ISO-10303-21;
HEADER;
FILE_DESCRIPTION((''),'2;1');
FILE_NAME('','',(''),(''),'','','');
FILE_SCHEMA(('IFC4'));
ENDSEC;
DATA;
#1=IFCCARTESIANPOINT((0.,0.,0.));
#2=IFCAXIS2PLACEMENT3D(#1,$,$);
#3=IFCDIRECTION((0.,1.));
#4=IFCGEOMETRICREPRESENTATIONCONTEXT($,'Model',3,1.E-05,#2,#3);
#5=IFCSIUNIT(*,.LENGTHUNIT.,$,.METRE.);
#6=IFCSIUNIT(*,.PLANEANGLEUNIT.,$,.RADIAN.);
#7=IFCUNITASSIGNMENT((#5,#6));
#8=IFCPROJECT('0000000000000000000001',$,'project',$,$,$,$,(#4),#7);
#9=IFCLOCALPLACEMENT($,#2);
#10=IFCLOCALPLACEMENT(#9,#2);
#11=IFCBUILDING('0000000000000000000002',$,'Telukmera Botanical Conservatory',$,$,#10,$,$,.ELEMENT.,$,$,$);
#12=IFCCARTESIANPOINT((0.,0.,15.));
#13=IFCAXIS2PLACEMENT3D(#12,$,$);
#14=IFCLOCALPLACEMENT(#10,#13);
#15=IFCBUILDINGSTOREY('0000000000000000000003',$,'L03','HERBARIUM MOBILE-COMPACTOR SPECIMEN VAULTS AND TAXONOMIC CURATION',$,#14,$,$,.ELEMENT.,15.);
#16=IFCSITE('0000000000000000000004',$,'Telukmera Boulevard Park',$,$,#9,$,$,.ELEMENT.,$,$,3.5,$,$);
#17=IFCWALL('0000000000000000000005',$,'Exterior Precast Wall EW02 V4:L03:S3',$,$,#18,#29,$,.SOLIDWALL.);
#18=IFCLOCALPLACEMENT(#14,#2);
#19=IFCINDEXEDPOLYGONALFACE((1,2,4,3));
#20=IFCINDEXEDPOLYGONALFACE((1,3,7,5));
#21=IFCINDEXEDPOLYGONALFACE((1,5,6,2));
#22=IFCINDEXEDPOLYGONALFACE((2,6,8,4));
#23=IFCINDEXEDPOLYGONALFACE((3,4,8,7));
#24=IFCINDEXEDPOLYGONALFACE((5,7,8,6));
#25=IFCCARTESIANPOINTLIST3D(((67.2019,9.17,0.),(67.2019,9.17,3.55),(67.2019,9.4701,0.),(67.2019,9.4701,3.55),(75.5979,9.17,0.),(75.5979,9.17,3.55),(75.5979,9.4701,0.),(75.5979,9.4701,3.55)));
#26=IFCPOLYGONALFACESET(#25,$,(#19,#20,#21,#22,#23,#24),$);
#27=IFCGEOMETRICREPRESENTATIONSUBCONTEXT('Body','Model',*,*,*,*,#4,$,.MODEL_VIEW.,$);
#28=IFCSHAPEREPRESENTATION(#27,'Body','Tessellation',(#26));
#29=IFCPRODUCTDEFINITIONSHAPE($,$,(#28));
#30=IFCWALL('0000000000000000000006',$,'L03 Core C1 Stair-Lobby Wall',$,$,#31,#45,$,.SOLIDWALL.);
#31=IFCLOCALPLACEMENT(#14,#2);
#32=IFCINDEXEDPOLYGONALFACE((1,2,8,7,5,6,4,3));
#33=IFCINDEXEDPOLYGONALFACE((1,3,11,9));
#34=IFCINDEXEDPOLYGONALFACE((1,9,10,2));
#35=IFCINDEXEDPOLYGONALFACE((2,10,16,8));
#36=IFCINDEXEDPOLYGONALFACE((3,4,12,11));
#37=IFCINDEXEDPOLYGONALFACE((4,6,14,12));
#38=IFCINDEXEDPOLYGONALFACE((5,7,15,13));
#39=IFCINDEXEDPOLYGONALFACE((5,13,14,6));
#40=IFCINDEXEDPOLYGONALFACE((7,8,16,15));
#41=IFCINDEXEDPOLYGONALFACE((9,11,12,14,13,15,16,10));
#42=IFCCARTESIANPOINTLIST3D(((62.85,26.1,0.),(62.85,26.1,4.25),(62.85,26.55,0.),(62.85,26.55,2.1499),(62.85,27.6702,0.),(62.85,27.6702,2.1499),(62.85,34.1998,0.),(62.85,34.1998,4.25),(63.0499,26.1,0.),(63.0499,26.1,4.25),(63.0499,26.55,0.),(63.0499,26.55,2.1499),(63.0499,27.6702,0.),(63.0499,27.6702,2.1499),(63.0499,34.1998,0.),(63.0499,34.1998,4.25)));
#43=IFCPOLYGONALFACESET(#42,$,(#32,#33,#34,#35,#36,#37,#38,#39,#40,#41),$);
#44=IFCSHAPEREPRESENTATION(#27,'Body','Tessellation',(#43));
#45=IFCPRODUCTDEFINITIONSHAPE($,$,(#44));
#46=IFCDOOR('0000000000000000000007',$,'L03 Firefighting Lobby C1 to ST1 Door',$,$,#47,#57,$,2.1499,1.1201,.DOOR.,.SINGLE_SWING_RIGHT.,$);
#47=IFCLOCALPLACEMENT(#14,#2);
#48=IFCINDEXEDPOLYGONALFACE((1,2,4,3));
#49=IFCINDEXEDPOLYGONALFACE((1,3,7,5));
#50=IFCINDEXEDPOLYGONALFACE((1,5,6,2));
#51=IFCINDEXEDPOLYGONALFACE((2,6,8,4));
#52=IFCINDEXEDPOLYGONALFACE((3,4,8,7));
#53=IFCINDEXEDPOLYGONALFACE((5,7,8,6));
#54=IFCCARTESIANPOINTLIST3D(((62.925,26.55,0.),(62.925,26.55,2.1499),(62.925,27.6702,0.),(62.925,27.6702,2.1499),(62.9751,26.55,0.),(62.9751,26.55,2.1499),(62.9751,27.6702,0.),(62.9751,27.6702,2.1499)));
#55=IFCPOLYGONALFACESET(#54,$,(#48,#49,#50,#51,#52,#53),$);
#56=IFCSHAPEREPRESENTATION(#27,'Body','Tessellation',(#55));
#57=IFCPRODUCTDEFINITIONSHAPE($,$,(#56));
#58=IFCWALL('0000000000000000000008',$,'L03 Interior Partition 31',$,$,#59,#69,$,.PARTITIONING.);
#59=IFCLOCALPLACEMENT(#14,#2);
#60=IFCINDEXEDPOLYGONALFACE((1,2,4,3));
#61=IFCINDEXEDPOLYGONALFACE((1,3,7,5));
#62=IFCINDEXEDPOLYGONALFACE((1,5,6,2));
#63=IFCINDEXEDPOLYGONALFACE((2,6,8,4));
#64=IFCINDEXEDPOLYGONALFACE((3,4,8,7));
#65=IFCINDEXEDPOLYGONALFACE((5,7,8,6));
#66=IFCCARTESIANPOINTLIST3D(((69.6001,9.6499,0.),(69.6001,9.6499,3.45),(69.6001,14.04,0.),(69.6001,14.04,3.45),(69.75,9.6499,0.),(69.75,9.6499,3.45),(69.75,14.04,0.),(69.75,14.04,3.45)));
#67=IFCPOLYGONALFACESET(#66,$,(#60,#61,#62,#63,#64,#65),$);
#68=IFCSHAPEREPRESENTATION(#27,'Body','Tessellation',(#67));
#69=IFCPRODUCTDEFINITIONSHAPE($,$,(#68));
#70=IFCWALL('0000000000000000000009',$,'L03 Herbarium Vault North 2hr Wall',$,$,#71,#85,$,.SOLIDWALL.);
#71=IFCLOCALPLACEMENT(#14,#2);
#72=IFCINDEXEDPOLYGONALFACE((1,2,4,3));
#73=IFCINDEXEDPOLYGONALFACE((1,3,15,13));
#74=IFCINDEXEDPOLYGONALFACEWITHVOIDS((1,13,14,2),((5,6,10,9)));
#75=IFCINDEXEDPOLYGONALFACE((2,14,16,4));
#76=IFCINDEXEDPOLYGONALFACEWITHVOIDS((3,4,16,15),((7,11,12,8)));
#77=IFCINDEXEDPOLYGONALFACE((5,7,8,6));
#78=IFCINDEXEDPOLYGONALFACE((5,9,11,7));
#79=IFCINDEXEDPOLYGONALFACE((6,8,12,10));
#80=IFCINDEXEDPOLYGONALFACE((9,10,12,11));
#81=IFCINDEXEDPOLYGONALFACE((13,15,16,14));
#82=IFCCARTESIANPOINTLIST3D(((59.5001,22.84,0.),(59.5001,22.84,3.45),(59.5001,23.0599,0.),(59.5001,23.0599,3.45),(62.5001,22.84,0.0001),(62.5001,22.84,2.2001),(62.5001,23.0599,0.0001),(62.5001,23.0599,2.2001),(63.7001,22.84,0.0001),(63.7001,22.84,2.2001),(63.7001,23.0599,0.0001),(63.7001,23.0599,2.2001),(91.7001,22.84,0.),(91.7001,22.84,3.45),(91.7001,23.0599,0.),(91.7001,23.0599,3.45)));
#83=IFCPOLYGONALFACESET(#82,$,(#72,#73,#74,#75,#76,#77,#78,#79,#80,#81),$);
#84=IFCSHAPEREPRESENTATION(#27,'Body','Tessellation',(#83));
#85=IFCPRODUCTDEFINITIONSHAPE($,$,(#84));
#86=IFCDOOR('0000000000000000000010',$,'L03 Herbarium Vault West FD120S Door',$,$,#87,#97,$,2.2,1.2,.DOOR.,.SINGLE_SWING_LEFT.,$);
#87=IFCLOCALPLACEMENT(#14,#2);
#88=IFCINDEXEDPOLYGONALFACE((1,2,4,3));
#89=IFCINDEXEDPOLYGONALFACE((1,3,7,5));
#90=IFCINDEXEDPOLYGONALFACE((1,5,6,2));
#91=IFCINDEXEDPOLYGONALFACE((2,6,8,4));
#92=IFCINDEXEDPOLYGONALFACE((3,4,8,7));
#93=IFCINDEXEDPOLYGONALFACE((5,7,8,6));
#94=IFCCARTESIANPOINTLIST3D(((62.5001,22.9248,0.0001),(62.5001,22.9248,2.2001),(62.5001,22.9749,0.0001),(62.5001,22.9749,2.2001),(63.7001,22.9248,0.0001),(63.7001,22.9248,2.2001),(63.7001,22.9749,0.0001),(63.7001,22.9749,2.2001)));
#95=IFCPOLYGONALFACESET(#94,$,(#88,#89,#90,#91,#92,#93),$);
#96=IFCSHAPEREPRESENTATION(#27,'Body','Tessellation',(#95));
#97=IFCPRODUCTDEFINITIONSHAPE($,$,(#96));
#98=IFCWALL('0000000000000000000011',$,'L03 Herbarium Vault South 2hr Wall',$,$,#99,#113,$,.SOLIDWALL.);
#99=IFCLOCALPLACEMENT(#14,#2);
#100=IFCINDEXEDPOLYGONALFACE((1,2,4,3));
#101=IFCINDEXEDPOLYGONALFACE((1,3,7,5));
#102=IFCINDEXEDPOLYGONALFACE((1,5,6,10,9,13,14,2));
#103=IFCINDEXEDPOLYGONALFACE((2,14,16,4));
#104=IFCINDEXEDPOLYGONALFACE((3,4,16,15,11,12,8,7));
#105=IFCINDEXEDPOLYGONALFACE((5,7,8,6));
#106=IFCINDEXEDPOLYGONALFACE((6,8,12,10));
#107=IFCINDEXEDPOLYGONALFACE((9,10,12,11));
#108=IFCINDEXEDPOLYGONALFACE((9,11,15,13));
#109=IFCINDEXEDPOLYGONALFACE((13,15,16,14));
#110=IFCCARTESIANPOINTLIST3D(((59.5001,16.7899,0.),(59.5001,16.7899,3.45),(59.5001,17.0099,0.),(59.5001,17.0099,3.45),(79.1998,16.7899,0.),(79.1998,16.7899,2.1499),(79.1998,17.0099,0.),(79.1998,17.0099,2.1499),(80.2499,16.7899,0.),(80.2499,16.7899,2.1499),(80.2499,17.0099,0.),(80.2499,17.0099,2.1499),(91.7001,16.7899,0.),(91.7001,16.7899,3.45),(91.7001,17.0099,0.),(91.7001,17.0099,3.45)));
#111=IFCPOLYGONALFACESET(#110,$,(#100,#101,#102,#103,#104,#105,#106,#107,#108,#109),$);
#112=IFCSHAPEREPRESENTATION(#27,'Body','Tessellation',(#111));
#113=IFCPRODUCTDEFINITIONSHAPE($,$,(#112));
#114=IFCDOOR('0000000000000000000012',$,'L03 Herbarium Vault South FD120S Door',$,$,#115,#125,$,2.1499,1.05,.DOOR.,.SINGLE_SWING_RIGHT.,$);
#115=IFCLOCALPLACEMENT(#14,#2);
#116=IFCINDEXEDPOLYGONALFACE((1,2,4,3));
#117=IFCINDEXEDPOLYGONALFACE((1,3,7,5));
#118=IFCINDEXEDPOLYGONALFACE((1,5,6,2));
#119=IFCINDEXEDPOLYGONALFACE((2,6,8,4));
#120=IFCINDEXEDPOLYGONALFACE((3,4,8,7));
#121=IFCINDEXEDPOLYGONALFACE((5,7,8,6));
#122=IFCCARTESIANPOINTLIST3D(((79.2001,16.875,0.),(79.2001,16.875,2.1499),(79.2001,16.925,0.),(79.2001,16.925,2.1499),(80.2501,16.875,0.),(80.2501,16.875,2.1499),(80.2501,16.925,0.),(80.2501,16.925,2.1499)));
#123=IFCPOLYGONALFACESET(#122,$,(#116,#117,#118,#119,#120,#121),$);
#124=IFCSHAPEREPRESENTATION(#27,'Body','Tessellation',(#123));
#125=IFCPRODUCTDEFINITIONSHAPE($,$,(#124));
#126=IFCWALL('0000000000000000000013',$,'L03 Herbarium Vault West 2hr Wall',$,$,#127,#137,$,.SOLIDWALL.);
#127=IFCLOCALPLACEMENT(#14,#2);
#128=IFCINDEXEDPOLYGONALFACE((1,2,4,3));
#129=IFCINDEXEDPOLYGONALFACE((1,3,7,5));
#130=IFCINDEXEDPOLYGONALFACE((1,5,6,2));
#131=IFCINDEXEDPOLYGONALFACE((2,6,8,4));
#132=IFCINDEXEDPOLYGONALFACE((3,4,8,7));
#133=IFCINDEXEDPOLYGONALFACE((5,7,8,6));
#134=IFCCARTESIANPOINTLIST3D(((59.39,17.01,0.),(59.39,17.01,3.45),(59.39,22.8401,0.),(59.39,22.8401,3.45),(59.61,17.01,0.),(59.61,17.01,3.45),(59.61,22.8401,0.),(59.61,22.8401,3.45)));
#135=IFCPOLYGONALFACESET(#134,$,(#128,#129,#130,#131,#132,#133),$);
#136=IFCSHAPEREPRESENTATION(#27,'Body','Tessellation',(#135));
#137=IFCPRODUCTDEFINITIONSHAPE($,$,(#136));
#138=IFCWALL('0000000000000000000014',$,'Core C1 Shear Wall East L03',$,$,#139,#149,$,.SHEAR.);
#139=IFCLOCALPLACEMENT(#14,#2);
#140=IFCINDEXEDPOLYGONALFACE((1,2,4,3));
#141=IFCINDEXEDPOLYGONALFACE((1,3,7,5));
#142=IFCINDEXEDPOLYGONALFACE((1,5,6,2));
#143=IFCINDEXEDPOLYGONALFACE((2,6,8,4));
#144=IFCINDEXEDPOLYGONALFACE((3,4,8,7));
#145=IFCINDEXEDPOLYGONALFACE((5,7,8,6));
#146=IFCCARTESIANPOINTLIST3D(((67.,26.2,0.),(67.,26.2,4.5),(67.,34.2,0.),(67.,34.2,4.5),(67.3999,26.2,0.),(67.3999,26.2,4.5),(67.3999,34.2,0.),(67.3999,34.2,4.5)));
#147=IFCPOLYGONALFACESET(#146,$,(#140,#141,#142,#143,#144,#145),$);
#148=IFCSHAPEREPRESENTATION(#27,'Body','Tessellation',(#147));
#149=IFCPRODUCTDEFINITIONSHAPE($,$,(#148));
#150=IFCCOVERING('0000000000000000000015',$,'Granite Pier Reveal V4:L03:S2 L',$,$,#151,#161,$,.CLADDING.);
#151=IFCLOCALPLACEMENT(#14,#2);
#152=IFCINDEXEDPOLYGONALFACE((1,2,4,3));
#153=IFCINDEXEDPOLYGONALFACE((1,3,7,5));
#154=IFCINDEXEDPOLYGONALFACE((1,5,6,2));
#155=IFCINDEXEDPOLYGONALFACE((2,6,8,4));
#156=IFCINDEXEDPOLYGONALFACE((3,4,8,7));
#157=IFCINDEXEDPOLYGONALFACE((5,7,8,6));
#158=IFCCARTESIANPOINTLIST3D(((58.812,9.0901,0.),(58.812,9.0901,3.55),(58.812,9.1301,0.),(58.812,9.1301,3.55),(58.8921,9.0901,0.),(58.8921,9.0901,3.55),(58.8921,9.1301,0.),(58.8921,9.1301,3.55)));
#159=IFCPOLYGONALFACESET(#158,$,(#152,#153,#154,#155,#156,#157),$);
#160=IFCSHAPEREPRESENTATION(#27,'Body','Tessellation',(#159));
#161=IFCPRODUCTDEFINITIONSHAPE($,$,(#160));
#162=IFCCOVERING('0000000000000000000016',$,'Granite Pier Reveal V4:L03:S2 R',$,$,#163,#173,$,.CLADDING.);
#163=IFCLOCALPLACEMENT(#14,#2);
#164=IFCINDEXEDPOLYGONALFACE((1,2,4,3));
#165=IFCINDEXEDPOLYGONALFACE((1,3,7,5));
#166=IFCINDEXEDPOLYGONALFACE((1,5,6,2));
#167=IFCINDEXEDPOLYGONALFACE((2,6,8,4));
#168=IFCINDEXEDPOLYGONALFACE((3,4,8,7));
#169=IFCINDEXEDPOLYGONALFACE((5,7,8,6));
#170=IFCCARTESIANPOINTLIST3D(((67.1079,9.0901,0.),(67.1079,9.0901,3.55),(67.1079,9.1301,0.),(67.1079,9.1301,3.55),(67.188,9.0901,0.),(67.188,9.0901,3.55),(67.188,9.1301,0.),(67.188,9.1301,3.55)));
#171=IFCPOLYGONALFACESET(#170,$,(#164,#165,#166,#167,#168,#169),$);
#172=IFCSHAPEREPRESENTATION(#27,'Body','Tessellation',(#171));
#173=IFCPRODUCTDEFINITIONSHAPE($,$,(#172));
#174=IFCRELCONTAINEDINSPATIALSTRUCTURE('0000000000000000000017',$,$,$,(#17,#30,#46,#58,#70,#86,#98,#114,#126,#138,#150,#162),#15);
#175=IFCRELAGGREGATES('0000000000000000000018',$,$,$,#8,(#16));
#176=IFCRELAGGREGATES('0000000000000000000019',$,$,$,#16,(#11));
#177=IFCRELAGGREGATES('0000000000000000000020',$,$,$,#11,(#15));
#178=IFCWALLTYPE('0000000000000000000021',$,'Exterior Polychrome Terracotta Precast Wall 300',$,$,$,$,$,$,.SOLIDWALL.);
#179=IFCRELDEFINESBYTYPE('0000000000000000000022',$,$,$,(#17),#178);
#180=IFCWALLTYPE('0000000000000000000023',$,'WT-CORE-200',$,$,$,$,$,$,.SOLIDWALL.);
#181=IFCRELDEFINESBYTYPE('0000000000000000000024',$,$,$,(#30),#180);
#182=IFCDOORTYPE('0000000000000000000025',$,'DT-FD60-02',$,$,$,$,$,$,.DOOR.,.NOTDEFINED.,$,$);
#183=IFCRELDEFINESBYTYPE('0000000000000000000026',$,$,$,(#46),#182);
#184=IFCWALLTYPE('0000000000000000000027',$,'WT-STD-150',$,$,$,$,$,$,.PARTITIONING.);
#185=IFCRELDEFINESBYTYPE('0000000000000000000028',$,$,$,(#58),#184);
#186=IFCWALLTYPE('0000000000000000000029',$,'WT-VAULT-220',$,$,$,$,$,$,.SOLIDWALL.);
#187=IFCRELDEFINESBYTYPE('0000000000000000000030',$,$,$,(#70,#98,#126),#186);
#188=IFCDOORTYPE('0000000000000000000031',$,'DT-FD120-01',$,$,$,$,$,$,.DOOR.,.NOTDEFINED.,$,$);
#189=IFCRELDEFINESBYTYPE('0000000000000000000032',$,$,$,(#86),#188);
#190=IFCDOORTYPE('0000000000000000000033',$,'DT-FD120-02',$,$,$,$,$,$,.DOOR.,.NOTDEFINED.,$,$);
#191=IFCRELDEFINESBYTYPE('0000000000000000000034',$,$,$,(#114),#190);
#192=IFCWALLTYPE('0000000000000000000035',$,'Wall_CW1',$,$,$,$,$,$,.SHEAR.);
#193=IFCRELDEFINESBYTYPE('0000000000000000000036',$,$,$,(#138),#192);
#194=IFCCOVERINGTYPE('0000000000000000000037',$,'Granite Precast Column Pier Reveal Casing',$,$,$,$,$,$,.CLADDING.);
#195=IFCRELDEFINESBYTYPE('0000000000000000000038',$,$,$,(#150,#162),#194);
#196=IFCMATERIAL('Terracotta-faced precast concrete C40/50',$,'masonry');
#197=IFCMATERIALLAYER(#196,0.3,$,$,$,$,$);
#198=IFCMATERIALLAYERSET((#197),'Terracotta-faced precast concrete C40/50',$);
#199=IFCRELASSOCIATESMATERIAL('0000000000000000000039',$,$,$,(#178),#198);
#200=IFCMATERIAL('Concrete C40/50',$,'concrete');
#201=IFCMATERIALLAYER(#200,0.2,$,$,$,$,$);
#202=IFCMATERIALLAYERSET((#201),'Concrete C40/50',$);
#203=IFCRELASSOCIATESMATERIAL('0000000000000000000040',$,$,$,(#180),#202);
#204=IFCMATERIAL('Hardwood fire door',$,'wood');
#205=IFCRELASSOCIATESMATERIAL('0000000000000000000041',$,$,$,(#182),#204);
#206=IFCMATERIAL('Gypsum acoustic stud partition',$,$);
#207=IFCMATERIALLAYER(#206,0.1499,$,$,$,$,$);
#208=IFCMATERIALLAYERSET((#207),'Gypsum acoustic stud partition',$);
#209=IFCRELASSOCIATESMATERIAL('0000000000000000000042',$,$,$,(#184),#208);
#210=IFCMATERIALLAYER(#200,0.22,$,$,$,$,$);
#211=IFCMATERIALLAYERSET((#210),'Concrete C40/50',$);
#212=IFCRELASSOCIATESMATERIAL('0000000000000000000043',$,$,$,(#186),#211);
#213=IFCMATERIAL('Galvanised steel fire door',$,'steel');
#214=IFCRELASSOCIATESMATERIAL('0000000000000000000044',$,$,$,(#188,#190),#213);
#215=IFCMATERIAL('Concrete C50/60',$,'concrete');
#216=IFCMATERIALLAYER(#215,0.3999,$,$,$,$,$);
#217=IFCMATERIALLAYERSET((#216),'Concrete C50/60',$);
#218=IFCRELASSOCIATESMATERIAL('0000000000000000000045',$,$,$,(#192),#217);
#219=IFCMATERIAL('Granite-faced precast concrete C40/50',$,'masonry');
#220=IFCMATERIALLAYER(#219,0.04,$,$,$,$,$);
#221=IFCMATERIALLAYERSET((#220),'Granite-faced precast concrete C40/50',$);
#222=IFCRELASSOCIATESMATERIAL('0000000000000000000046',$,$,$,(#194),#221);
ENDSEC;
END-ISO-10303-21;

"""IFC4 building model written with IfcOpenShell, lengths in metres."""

from ifc_helpers import new_model, si_unit, direction, frame, frame_2d, origin, origin_2d, place, context, subcontext, project, spatial, rectangle, extrude, material, layer, layer_set, type_object, element, fill, save


model = new_model("IFC4")

# Units and contexts
model_context = context("Model", 3, precision=1e-05, world=origin(), true_north=direction((0.0, 1.0)))
body_context = subcontext(model_context, "Body", "Model", "MODEL_VIEW")
ifc_project = project(units=[si_unit("LENGTHUNIT", "METRE"), si_unit("PLANEANGLEUNIT", "RADIAN")], contexts=[model_context])

# Site, building, storey
site_placement = place(None, origin())
site = spatial("IfcSite", under=ifc_project, at=site_placement, Name="Telukmera Boulevard Park", CompositionType="ELEMENT", RefElevation=3.5)
building_placement = place(site_placement, origin())
building = spatial("IfcBuilding", under=site, at=building_placement, Name="Telukmera Botanical Conservatory", CompositionType="ELEMENT")
storey_placement = place(building_placement, frame((0.0, 0.0, 15.0)))
storey = spatial("IfcBuildingStorey", under=building, at=storey_placement, Name="L03", Description="HERBARIUM MOBILE-COMPACTOR SPECIMEN VAULTS AND TAXONOMIC CURATION", CompositionType="ELEMENT", Elevation=15.0)

# Shared definitions
ifc_material_1 = material(Name="Concrete C50/60", Category="concrete")

# Shared definitions
ifc_material_2 = material(Name="Concrete C40/50", Category="concrete")

# Wall
ifc_material_3 = material(Name="Terracotta-faced precast concrete C40/50", Category="masonry")
ifc_layer_1 = layer(ifc_material_3, 0.3)
ifc_layer_set_1 = layer_set([ifc_layer_1], Name="Terracotta-faced precast concrete C40/50")
wall_type_1 = type_object("IfcWallType", Name="Exterior Polychrome Terracotta Precast Wall 300", PredefinedType="SOLIDWALL", material=ifc_layer_set_1)
wall_1_placement = place(storey_placement, frame((67.2019, 9.3201, 0.0), z_axis=(0.0, 0.0, 1.0), x_axis=(1.0, 0.0, 0.0)))
element("IfcWall", 1, at=wall_1_placement, inside=storey, type_object=wall_type_1, Name="Exterior Precast Wall EW02 V4:L03:S3", PredefinedType="SOLIDWALL", context=body_context, shape_type="SweptSolid", body=[
    extrude(rectangle(XDim=8.396, YDim=0.3, at=frame_2d((4.198, 0.0))), origin(), (0.0, 0.0, 1.0), 3.55),
])

# Shared definitions
ifc_layer_2 = layer(ifc_material_2, 0.2)
ifc_layer_set_2 = layer_set([ifc_layer_2], Name="Concrete C40/50")
wall_type_2 = type_object("IfcWallType", Name="WT-CORE-200", PredefinedType="SOLIDWALL", material=ifc_layer_set_2)
ifc_material_4 = material(Name="Hardwood fire door", Category="wood")

# Wall, opening, door
wall_2_placement = place(storey_placement, frame((62.95, 26.1001, 0.0), z_axis=(0.0, 0.0, 1.0), x_axis=(0.0, 1.0, 0.0)))
wall_2 = element("IfcWall", 2, at=wall_2_placement, inside=storey, type_object=wall_type_2, Name="L03 Core C1 Stair-Lobby Wall", PredefinedType="SOLIDWALL", context=body_context, shape_type="SweptSolid", body=[
    extrude(rectangle(XDim=8.0999, YDim=0.2, at=frame_2d((4.0498, 0.0))), origin(), (0.0, 0.0, 1.0), 4.25),
])
opening_1_placement = place(wall_2_placement, frame((0.45, 0.0, 0.0)))
opening_1 = element("IfcOpeningElement", 3, at=opening_1_placement, cuts=wall_2, PredefinedType="OPENING", context=body_context, shape_type="SweptSolid", body=[
    extrude(rectangle(XDim=1.1201, YDim=2.1499, at=frame_2d((0.5601, 1.075))), frame((0.0, 0.1099, 0.0), z_axis=(0.0, -1.0, 0.0), x_axis=(1.0, 0.0, 0.0)), (0.0, 0.0, 1.0), 0.22),
])
door_type_1 = type_object("IfcDoorType", Name="DT-FD60-02", OperationType="NOTDEFINED", PredefinedType="DOOR", material=ifc_material_4)
door_1_placement = place(opening_1_placement, origin())
door_1 = element("IfcDoor", 4, at=door_1_placement, inside=storey, type_object=door_type_1, Name="L03 Firefighting Lobby C1 to ST1 Door", OperationType="SINGLE_SWING_RIGHT", OverallHeight=2.1499, OverallWidth=1.1201, PredefinedType="DOOR", context=body_context, shape_type="SweptSolid", body=[
    extrude(rectangle(XDim=1.1201, YDim=2.1499, at=frame_2d((0.5601, 1.075))), frame((0.0, 0.0249, 0.0), z_axis=(0.0, -1.0, 0.0), x_axis=(1.0, 0.0, 0.0)), (0.0, 0.0, 1.0), 0.05),
])
fill(opening_1, door_1)

# Wall
ifc_material_5 = material(Name="Gypsum acoustic stud partition")
ifc_layer_3 = layer(ifc_material_5, 0.1499)
ifc_layer_set_3 = layer_set([ifc_layer_3], Name="Gypsum acoustic stud partition")
wall_type_3 = type_object("IfcWallType", Name="WT-STD-150", PredefinedType="PARTITIONING", material=ifc_layer_set_3)
wall_3_placement = place(storey_placement, frame((69.675, 9.6499, 0.0), z_axis=(0.0, 0.0, 1.0), x_axis=(0.0, 1.0, 0.0)))
element("IfcWall", 5, at=wall_3_placement, inside=storey, type_object=wall_type_3, Name="L03 Interior Partition 31", PredefinedType="PARTITIONING", context=body_context, shape_type="SweptSolid", body=[
    extrude(rectangle(XDim=4.3901, YDim=0.1499, at=frame_2d((2.1951, 0.0))), origin(), (0.0, 0.0, 1.0), 3.45),
])

# Walls, openings, doors
ifc_layer_4 = layer(ifc_material_2, 0.22)
ifc_layer_set_4 = layer_set([ifc_layer_4], Name="Concrete C40/50")
wall_type_4 = type_object("IfcWallType", Name="WT-VAULT-220", PredefinedType="SOLIDWALL", material=ifc_layer_set_4)
wall_4_placement = place(storey_placement, frame((59.5, 22.95, 0.0), z_axis=(0.0, 0.0, 1.0), x_axis=(1.0, 0.0, 0.0)))
wall_4 = element("IfcWall", 6, at=wall_4_placement, inside=storey, type_object=wall_type_4, Name="L03 Herbarium Vault North 2hr Wall", PredefinedType="SOLIDWALL", context=body_context, shape_type="SweptSolid", body=[
    extrude(rectangle(XDim=32.2, YDim=0.22, at=frame_2d((16.1001, 0.0))), origin(), (0.0, 0.0, 1.0), 3.45),
])
opening_2_placement = place(wall_4_placement, frame((3.0, 0.0, 0.0)))
opening_2 = element("IfcOpeningElement", 7, at=opening_2_placement, cuts=wall_4, PredefinedType="OPENING", context=body_context, shape_type="SweptSolid", body=[
    extrude(rectangle(XDim=1.2, YDim=2.2, at=frame_2d((0.6001, 1.1001))), frame((0.0, 0.1199, 0.0), z_axis=(0.0, -1.0, 0.0), x_axis=(1.0, 0.0, 0.0)), (0.0, 0.0, 1.0), 0.24),
])
ifc_material_6 = material(Name="Galvanised steel fire door", Category="steel")
door_type_2 = type_object("IfcDoorType", Name="DT-FD120-01", OperationType="NOTDEFINED", PredefinedType="DOOR", material=ifc_material_6)
door_2_placement = place(opening_2_placement, origin())
door_2 = element("IfcDoor", 8, at=door_2_placement, inside=storey, type_object=door_type_2, Name="L03 Herbarium Vault West FD120S Door", OperationType="SINGLE_SWING_LEFT", OverallHeight=2.2, OverallWidth=1.2, PredefinedType="DOOR", context=body_context, shape_type="SweptSolid", body=[
    extrude(rectangle(XDim=1.2, YDim=2.2, at=frame_2d((0.6001, 1.1001))), frame((0.0, 0.0249, 0.0), z_axis=(0.0, -1.0, 0.0), x_axis=(1.0, 0.0, 0.0)), (0.0, 0.0, 1.0), 0.05),
])
fill(opening_2, door_2)
wall_5_placement = place(storey_placement, frame((59.5, 16.8999, 0.0), z_axis=(0.0, 0.0, 1.0), x_axis=(1.0, 0.0, 0.0)))
wall_5 = element("IfcWall", 9, at=wall_5_placement, inside=storey, type_object=wall_type_4, Name="L03 Herbarium Vault South 2hr Wall", PredefinedType="SOLIDWALL", context=body_context, shape_type="SweptSolid", body=[
    extrude(rectangle(XDim=32.2, YDim=0.22, at=frame_2d((16.1001, 0.0))), origin(), (0.0, 0.0, 1.0), 3.45),
])
opening_3_placement = place(wall_5_placement, frame((19.7, 0.0, 0.0)))
opening_3 = element("IfcOpeningElement", 10, at=opening_3_placement, cuts=wall_5, PredefinedType="OPENING", context=body_context, shape_type="SweptSolid", body=[
    extrude(rectangle(XDim=1.05, YDim=2.1499, at=frame_2d((0.5249, 1.075))), frame((0.0, 0.1199, 0.0), z_axis=(0.0, -1.0, 0.0), x_axis=(1.0, 0.0, 0.0)), (0.0, 0.0, 1.0), 0.24),
])
door_type_3 = type_object("IfcDoorType", Name="DT-FD120-02", OperationType="NOTDEFINED", PredefinedType="DOOR", material=ifc_material_6)
door_3_placement = place(opening_3_placement, frame((1.05, 0.0, 0.0), z_axis=(0.0, 0.0, 1.0), x_axis=(-1.0, 0.0, 0.0)))
door_3 = element("IfcDoor", 11, at=door_3_placement, inside=storey, type_object=door_type_3, Name="L03 Herbarium Vault South FD120S Door", OperationType="SINGLE_SWING_RIGHT", OverallHeight=2.1499, OverallWidth=1.05, PredefinedType="DOOR", context=body_context, shape_type="SweptSolid", body=[
    extrude(rectangle(XDim=1.05, YDim=2.1499, at=frame_2d((0.5249, 1.075))), frame((0.0, 0.0249, 0.0), z_axis=(0.0, -1.0, 0.0), x_axis=(1.0, 0.0, 0.0)), (0.0, 0.0, 1.0), 0.05),
])
fill(opening_3, door_3)

# Walls
wall_6_placement = place(storey_placement, frame((59.5, 17.01, 0.0), z_axis=(0.0, 0.0, 1.0), x_axis=(0.0, 1.0, 0.0)))
element("IfcWall", 12, at=wall_6_placement, inside=storey, type_object=wall_type_4, Name="L03 Herbarium Vault West 2hr Wall", PredefinedType="SOLIDWALL", context=body_context, shape_type="SweptSolid", body=[
    extrude(rectangle(XDim=5.8301, YDim=0.22, at=frame_2d((2.915, 0.0))), origin(), (0.0, 0.0, 1.0), 3.45),
])
ifc_layer_5 = layer(ifc_material_1, 0.3999)
ifc_layer_set_5 = layer_set([ifc_layer_5], Name="Concrete C50/60")
wall_type_5 = type_object("IfcWallType", Name="Wall_CW1", PredefinedType="SHEAR", material=ifc_layer_set_5)
wall_7_placement = place(storey_placement, frame((67.2, 26.2, 0.0), z_axis=(0.0, 0.0, 1.0), x_axis=(0.0, 1.0, 0.0)))
element("IfcWall", 13, at=wall_7_placement, inside=storey, type_object=wall_type_5, Name="Core C1 Shear Wall East L03", PredefinedType="SHEAR", context=body_context, shape_type="SweptSolid", body=[
    extrude(rectangle(XDim=8.0, YDim=0.3999, at=frame_2d((4.0, 0.0))), origin(), (0.0, 0.0, 1.0), 4.5),
])

# Coverings
ifc_material_7 = material(Name="Granite-faced precast concrete C40/50", Category="masonry")
ifc_layer_6 = layer(ifc_material_7, 0.04)
ifc_layer_set_6 = layer_set([ifc_layer_6], Name="Granite-faced precast concrete C40/50")
covering_type_1 = type_object("IfcCoveringType", Name="Granite Precast Column Pier Reveal Casing", PredefinedType="CLADDING", material=ifc_layer_set_6)
for number, where, z_axis, x_axis, name in (
    (14, (58.8521, 9.1101, 0.0), (0.0, 0.0, 1.0), (1.0, 0.0, 0.0), "Granite Pier Reveal V4:L03:S2 L"),
    (15, (67.1479, 9.1101, 0.0), (0.0, 0.0, 1.0), (1.0, 0.0, 0.0), "Granite Pier Reveal V4:L03:S2 R"),
):
    element("IfcCovering", number, at=place(storey_placement, frame(where, z_axis=z_axis, x_axis=x_axis)), inside=storey, type_object=covering_type_1, Name=name, PredefinedType="CLADDING", context=body_context, shape_type="SweptSolid", body=[
        extrude(rectangle(XDim=0.0801, YDim=0.04, at=origin_2d()), origin(), (0.0, 0.0, 1.0), 3.55),
    ])

save(model, "model.ifc")
